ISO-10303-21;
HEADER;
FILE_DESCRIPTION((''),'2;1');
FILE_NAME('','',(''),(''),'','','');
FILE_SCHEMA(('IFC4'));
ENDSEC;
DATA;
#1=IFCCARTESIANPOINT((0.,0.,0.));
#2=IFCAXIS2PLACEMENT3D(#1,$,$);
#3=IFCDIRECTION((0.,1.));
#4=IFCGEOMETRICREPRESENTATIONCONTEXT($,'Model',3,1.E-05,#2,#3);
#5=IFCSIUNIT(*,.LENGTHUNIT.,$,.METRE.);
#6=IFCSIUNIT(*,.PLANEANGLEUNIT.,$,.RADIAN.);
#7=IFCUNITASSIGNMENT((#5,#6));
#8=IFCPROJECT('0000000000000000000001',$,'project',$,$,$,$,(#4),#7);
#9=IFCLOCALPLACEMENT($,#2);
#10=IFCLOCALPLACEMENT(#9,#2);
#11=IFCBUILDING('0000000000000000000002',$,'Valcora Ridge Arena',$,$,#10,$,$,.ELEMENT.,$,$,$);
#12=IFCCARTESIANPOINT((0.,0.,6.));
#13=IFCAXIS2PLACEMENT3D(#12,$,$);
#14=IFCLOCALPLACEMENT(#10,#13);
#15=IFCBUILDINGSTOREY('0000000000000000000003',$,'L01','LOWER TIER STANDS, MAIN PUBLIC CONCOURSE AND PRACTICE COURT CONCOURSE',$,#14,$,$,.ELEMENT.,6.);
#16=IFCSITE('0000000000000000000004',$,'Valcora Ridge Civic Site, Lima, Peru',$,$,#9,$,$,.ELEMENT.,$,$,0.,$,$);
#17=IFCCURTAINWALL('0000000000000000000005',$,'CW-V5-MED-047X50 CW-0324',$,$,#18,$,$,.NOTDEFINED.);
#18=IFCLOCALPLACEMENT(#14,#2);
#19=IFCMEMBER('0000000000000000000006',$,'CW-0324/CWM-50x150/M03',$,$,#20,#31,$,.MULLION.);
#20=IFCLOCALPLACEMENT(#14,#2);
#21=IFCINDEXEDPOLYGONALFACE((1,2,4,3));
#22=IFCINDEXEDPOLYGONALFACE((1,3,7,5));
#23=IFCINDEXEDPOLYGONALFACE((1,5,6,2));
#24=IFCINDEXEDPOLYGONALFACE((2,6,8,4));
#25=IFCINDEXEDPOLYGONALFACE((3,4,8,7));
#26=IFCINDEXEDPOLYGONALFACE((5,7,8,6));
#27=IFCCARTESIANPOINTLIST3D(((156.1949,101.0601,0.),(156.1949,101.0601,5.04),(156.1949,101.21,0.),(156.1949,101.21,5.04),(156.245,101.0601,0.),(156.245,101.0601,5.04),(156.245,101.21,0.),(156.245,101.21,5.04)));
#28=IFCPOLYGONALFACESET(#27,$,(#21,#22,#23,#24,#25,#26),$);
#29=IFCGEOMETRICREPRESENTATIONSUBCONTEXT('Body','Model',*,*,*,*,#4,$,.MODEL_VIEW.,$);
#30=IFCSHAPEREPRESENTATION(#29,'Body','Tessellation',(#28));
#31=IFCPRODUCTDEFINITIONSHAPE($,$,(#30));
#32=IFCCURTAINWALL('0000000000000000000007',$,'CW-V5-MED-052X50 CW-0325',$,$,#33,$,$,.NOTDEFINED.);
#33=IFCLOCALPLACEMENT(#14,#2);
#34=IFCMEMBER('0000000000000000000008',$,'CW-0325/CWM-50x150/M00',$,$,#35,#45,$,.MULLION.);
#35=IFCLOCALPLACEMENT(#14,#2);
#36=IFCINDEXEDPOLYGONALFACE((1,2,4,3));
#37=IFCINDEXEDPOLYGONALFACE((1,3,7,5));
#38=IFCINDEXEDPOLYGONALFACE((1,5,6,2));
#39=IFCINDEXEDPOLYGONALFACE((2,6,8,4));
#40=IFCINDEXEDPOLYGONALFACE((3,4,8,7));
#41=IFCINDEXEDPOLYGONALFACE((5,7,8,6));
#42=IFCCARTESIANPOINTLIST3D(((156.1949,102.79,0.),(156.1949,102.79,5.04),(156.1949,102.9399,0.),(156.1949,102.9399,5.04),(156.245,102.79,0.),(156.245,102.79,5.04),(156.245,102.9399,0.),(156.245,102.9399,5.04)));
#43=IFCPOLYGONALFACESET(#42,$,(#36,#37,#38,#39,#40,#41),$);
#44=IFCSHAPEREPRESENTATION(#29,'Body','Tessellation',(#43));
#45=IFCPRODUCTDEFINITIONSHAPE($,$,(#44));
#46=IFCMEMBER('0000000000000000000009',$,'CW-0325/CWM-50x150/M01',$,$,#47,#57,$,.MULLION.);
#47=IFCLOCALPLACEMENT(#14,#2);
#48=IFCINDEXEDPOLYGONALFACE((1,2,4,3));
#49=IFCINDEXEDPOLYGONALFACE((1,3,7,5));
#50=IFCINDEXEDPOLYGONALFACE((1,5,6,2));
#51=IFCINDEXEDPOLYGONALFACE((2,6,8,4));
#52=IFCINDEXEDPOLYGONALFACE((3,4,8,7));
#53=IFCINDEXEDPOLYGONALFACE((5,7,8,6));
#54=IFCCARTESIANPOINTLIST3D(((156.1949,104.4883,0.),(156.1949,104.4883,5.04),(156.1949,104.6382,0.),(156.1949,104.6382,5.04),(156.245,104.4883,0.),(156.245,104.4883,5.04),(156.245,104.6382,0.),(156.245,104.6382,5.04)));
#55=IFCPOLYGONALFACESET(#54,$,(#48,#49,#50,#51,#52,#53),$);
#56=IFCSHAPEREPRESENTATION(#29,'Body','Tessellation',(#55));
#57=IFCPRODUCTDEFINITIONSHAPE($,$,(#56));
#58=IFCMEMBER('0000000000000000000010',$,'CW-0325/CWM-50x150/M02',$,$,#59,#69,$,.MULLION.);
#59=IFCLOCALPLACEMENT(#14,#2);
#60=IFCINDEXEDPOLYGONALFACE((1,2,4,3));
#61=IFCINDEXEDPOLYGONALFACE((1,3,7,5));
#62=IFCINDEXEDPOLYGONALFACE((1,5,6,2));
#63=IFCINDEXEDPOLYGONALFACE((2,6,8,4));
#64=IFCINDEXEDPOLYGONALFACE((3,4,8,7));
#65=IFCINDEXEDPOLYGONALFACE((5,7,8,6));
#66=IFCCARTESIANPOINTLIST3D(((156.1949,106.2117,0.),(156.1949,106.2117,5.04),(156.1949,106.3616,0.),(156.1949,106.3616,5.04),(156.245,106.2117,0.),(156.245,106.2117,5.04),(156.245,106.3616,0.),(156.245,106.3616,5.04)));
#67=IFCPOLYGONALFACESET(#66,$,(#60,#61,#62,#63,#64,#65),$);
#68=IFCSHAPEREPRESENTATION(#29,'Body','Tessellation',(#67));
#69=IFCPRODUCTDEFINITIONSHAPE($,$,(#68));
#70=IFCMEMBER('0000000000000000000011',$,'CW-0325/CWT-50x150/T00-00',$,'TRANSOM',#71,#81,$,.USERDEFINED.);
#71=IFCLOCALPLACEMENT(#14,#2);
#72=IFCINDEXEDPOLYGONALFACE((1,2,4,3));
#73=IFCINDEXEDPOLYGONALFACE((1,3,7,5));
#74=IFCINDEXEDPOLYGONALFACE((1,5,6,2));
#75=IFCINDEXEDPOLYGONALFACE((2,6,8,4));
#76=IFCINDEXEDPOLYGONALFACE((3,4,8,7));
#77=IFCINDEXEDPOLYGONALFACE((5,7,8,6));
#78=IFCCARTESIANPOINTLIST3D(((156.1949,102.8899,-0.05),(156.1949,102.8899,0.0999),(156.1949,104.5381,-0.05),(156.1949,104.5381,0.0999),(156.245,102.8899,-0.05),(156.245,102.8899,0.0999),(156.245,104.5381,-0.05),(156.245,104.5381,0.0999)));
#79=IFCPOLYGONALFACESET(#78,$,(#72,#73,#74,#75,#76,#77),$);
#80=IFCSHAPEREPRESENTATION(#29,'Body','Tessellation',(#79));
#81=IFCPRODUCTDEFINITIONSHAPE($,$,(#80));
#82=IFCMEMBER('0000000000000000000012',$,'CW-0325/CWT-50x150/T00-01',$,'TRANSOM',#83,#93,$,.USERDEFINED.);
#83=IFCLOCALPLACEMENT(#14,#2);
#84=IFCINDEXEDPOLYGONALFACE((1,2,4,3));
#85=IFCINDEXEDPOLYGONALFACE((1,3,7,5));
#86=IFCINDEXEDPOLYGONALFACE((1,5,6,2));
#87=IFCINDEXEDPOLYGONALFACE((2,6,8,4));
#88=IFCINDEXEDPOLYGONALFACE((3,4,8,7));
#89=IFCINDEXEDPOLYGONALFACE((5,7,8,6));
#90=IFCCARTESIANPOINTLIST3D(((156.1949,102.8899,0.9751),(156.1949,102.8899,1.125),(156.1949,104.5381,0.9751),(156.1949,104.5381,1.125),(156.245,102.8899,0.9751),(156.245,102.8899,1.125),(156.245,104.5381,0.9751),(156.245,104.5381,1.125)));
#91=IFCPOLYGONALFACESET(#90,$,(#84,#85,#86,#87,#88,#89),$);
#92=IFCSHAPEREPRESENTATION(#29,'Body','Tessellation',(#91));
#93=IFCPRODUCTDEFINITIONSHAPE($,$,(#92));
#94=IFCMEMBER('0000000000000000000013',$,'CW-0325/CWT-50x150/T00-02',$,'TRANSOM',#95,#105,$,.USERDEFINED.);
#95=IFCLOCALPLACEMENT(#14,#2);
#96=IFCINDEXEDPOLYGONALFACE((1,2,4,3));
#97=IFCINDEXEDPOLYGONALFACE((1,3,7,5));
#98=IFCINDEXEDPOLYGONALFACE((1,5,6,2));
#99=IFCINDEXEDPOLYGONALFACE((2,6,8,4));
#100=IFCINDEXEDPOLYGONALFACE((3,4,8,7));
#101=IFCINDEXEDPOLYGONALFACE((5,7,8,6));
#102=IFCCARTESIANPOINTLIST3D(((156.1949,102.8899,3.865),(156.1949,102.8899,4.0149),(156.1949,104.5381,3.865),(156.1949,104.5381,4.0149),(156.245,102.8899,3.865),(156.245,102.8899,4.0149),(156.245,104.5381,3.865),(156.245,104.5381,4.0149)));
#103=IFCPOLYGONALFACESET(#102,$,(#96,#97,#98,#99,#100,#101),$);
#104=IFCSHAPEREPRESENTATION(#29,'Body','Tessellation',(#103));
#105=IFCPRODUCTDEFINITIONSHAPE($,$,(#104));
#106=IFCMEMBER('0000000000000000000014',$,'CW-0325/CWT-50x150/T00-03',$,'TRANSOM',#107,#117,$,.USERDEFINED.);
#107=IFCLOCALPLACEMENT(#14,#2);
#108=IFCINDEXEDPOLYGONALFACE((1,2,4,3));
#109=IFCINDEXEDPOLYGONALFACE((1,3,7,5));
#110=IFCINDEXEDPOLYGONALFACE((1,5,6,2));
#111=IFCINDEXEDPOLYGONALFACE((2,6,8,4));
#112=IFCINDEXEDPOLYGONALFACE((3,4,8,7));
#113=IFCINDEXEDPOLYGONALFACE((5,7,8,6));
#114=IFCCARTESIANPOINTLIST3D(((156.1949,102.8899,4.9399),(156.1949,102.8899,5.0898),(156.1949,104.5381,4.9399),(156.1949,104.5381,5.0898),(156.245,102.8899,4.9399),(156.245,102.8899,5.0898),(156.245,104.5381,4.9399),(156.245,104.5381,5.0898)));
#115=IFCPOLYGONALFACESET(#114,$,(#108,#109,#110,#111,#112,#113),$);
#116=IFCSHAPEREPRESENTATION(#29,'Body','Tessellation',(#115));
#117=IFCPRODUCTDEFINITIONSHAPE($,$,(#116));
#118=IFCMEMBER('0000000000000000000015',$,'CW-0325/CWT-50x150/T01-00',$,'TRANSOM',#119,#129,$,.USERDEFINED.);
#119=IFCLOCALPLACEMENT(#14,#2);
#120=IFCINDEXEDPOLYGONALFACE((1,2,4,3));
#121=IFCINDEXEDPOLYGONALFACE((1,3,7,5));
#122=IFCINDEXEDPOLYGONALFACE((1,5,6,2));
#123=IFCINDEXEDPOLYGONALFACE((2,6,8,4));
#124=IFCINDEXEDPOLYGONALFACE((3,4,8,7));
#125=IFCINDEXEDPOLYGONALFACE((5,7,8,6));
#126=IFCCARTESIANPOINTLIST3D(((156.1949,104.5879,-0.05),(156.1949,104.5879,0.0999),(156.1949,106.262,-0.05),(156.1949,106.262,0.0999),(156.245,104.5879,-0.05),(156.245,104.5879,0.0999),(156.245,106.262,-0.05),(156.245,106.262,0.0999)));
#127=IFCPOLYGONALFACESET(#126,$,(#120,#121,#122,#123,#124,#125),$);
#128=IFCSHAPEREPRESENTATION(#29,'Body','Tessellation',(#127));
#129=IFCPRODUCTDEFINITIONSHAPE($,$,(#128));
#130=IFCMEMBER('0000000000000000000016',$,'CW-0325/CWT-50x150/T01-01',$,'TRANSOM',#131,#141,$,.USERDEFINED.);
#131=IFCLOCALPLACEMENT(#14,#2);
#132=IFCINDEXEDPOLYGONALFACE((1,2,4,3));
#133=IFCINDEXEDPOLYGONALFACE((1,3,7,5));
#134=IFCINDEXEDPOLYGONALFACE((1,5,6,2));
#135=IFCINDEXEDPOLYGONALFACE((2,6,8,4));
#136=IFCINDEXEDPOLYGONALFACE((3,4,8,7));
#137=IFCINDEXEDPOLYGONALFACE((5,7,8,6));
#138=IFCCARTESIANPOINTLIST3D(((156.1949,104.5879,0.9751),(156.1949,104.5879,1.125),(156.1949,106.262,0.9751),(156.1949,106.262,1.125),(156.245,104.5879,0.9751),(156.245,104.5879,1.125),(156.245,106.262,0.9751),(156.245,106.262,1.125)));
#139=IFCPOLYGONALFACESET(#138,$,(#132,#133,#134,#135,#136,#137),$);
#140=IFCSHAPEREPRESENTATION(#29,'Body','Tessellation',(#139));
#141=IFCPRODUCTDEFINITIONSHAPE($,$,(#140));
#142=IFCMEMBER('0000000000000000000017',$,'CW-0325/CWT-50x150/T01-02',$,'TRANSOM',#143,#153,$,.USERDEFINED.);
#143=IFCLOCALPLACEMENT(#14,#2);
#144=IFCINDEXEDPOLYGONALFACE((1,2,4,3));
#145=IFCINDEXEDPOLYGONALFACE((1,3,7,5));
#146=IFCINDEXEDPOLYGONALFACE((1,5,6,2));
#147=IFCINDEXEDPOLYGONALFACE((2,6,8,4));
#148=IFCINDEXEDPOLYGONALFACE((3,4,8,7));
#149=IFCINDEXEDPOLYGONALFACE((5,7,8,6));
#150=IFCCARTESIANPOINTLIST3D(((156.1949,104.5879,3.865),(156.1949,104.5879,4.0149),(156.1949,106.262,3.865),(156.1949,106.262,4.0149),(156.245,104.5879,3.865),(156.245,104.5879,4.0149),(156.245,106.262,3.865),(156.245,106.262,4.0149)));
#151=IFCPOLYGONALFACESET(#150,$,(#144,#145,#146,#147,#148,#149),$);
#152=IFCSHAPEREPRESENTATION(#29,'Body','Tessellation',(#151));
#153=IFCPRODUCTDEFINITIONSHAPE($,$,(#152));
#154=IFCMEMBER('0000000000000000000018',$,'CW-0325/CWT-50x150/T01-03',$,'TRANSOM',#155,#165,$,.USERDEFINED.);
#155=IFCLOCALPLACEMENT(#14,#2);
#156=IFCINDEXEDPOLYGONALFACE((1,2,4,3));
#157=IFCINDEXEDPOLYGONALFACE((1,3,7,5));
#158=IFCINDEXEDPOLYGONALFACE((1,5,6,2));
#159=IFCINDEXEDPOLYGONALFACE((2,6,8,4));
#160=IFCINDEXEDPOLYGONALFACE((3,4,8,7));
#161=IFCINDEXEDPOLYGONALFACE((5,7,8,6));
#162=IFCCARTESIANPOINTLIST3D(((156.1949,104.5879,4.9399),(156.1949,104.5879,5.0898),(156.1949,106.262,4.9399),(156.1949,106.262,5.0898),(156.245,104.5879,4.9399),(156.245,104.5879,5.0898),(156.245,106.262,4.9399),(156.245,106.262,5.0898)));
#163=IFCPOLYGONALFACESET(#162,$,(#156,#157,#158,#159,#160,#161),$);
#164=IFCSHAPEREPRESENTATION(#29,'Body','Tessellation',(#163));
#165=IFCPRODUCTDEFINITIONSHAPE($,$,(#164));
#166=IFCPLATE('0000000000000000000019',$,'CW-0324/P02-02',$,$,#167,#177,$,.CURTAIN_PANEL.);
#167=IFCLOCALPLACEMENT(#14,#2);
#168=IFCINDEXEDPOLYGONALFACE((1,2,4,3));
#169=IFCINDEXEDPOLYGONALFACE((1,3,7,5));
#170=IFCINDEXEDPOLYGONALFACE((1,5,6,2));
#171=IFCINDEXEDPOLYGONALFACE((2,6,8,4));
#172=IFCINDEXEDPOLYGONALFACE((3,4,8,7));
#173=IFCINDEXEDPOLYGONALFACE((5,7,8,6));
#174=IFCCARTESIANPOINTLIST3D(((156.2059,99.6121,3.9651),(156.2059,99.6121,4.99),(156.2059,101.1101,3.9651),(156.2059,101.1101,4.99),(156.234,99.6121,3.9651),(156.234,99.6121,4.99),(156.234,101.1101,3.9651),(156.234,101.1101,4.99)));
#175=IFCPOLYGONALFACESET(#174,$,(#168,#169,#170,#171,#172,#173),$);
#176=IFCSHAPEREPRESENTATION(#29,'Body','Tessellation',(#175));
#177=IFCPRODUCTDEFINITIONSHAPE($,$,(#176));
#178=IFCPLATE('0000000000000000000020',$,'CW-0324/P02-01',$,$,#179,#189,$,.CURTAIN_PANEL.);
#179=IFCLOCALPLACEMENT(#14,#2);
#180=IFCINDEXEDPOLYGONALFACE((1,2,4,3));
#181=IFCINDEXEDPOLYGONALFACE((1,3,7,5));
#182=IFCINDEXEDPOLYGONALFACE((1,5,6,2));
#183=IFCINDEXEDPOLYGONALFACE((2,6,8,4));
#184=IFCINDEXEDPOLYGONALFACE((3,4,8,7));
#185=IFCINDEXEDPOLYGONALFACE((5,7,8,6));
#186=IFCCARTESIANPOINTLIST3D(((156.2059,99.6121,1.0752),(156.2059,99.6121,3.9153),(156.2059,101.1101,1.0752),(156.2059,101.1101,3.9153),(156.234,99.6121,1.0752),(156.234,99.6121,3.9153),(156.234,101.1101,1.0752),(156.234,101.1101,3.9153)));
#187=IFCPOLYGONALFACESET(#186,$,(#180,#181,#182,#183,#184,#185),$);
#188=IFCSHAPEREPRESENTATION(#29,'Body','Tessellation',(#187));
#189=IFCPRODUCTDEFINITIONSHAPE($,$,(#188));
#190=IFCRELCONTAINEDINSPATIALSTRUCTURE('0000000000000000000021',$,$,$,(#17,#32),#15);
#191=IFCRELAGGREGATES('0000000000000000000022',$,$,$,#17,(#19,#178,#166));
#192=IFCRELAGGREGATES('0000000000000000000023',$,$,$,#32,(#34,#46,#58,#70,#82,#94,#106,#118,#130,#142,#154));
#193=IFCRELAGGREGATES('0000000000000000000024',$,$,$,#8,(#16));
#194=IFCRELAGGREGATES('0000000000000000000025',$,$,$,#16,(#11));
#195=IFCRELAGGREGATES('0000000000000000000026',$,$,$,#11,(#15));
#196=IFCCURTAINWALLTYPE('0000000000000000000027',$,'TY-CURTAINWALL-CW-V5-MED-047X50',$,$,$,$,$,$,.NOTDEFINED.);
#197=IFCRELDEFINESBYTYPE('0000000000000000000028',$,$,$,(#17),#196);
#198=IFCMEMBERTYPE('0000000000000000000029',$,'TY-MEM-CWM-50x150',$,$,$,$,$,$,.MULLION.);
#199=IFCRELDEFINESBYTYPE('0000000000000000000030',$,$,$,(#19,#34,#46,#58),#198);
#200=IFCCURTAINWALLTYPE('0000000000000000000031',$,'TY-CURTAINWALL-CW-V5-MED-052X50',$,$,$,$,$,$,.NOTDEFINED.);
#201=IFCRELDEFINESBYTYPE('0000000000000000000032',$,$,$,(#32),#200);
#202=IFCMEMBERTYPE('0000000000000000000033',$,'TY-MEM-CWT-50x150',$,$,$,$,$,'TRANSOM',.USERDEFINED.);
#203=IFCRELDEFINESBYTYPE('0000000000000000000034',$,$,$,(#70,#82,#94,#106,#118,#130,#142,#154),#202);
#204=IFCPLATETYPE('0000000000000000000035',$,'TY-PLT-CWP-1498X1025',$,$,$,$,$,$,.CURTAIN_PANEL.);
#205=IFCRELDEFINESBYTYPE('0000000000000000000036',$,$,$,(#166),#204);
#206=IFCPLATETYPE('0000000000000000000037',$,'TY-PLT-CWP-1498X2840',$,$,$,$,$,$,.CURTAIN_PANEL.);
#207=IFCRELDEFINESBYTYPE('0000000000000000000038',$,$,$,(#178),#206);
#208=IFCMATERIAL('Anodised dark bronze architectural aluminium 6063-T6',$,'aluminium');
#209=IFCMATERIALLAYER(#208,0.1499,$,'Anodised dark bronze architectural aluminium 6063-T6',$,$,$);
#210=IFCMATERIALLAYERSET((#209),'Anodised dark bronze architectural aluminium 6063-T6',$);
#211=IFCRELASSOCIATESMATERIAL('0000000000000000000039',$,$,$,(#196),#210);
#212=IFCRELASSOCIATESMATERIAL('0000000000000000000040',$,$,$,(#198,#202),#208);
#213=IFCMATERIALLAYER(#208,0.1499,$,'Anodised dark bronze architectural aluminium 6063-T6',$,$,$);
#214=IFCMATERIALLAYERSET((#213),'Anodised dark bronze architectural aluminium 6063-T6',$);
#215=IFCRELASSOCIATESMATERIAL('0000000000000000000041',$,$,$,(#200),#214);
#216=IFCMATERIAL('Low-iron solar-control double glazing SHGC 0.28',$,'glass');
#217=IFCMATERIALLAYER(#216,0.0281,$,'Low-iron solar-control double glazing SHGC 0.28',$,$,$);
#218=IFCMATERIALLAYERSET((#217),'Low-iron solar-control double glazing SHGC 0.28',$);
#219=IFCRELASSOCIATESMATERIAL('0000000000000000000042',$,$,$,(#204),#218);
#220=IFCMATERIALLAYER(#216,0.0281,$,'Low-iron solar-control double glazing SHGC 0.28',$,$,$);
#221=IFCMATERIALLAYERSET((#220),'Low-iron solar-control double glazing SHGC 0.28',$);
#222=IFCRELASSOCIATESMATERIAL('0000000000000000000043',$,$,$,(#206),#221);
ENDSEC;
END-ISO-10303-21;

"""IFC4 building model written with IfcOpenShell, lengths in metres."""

from ifc_helpers import new_model, si_unit, direction, frame, origin, origin_2d, place, context, subcontext, project, spatial, rectangle, extrude, material, layer, layer_set, material_profile, profile_set, type_object, element, aggregate, save


model = new_model("IFC4")

# Units and contexts
model_context = context("Model", 3, precision=1e-05, world=origin(), true_north=direction((0.0, 1.0)))
body_context = subcontext(model_context, "Body", "Model", "MODEL_VIEW")
ifc_project = project(units=[si_unit("LENGTHUNIT", "METRE"), si_unit("PLANEANGLEUNIT", "RADIAN")], contexts=[model_context])

# Site, building, storey
site_placement = place(None, origin())
site = spatial("IfcSite", under=ifc_project, at=site_placement, Name="Valcora Ridge Civic Site, Lima, Peru", CompositionType="ELEMENT", RefElevation=0.0)
building_placement = place(site_placement, origin())
building = spatial("IfcBuilding", under=site, at=building_placement, Name="Valcora Ridge Arena", CompositionType="ELEMENT")
storey_placement = place(building_placement, frame((0.0, 0.0, 6.0)))
storey = spatial("IfcBuildingStorey", under=building, at=storey_placement, Name="L01", Description="LOWER TIER STANDS, MAIN PUBLIC CONCOURSE AND PRACTICE COURT CONCOURSE", CompositionType="ELEMENT", Elevation=6.0)

# Curtain wall, member
ifc_material_1 = material(Name="Anodised dark bronze architectural aluminium 6063-T6", Category="aluminium")
ifc_layer_1 = layer(ifc_material_1, 0.1499, Name="Anodised dark bronze architectural aluminium 6063-T6")
ifc_layer_set_1 = layer_set([ifc_layer_1], Name="Anodised dark bronze architectural aluminium 6063-T6")
curtain_wall_type_1 = type_object("IfcCurtainWallType", Name="TY-CURTAINWALL-CW-V5-MED-047X50", PredefinedType="NOTDEFINED", material=ifc_layer_set_1)
curtain_wall_1_placement = place(storey_placement, origin())
curtain_wall_1 = element("IfcCurtainWall", 1, at=curtain_wall_1_placement, inside=storey, type_object=curtain_wall_type_1, Name="CW-V5-MED-047X50 CW-0324", PredefinedType="NOTDEFINED")
ifc_material_profile_1 = material_profile(ifc_material_1, rectangle(XDim=0.05, YDim=0.1499, at=origin_2d()), Name="ALU MULLION 50x150")
ifc_profile_set_1 = profile_set([ifc_material_profile_1], Name="Anodised dark bronze architectural aluminium 6063-T6")
member_type_1 = type_object("IfcMemberType", Name="TY-MEM-CWM-50x150", PredefinedType="MULLION", material=ifc_profile_set_1)
member_1_placement = place(storey_placement, frame((156.22, 101.135, 0.0), z_axis=(0.0, 0.0, 1.0), x_axis=(-1.0, 0.0, 0.0)))
member_1 = element("IfcMember", 2, at=member_1_placement, type_object=member_type_1, Name="CW-0324/CWM-50x150/M03", PredefinedType="MULLION", context=body_context, shape_type="SweptSolid", body=[
    extrude(rectangle(XDim=0.05, YDim=0.1499, at=origin_2d()), origin(), (0.0, 0.0, 1.0), 5.04),
])

# Curtain wall, members
ifc_layer_2 = layer(ifc_material_1, 0.1499, Name="Anodised dark bronze architectural aluminium 6063-T6")
ifc_layer_set_2 = layer_set([ifc_layer_2], Name="Anodised dark bronze architectural aluminium 6063-T6")
curtain_wall_type_2 = type_object("IfcCurtainWallType", Name="TY-CURTAINWALL-CW-V5-MED-052X50", PredefinedType="NOTDEFINED", material=ifc_layer_set_2)
curtain_wall_2_placement = place(storey_placement, origin())
curtain_wall_2 = element("IfcCurtainWall", 3, at=curtain_wall_2_placement, inside=storey, type_object=curtain_wall_type_2, Name="CW-V5-MED-052X50 CW-0325", PredefinedType="NOTDEFINED")
member_2_placement = place(storey_placement, frame((156.22, 102.865, 0.0), z_axis=(0.0, 0.0, 1.0), x_axis=(-1.0, 0.0, 0.0)))
member_2 = element("IfcMember", 4, at=member_2_placement, type_object=member_type_1, Name="CW-0325/CWM-50x150/M00", PredefinedType="MULLION", context=body_context, shape_type="SweptSolid", body=[
    extrude(rectangle(XDim=0.05, YDim=0.1499, at=origin_2d()), origin(), (0.0, 0.0, 1.0), 5.04),
])
member_3_placement = place(storey_placement, frame((156.22, 104.5632, 0.0), z_axis=(0.0, 0.0, 1.0), x_axis=(-1.0, 0.0, 0.0)))
member_3 = element("IfcMember", 5, at=member_3_placement, type_object=member_type_1, Name="CW-0325/CWM-50x150/M01", PredefinedType="MULLION", context=body_context, shape_type="SweptSolid", body=[
    extrude(rectangle(XDim=0.05, YDim=0.1499, at=origin_2d()), origin(), (0.0, 0.0, 1.0), 5.04),
])
member_4_placement = place(storey_placement, frame((156.22, 106.2866, 0.0), z_axis=(0.0, 0.0, 1.0), x_axis=(-1.0, 0.0, 0.0)))
member_4 = element("IfcMember", 6, at=member_4_placement, type_object=member_type_1, Name="CW-0325/CWM-50x150/M02", PredefinedType="MULLION", context=body_context, shape_type="SweptSolid", body=[
    extrude(rectangle(XDim=0.05, YDim=0.1499, at=origin_2d()), origin(), (0.0, 0.0, 1.0), 5.04),
])
ifc_material_profile_2 = material_profile(ifc_material_1, rectangle(XDim=0.05, YDim=0.1499, at=origin_2d()), Name="ALU TRANSOM 50x150")
ifc_profile_set_2 = profile_set([ifc_material_profile_2], Name="Anodised dark bronze architectural aluminium 6063-T6")
member_type_2 = type_object("IfcMemberType", Name="TY-MEM-CWT-50x150", ElementType="TRANSOM", PredefinedType="USERDEFINED", material=ifc_profile_set_2)
member_5_placement = place(storey_placement, frame((156.22, 102.8899, 0.0249), z_axis=(0.0, 1.0, 0.0), x_axis=(-1.0, 0.0, 0.0)))
member_5 = element("IfcMember", 7, at=member_5_placement, type_object=member_type_2, Name="CW-0325/CWT-50x150/T00-00", ObjectType="TRANSOM", PredefinedType="USERDEFINED", context=body_context, shape_type="SweptSolid", body=[
    extrude(rectangle(XDim=0.05, YDim=0.1499, at=origin_2d()), origin(), (0.0, 0.0, 1.0), 1.6482),
])
member_6_placement = place(storey_placement, frame((156.22, 102.8899, 1.05), z_axis=(0.0, 1.0, 0.0), x_axis=(-1.0, 0.0, 0.0)))
member_6 = element("IfcMember", 8, at=member_6_placement, type_object=member_type_2, Name="CW-0325/CWT-50x150/T00-01", ObjectType="TRANSOM", PredefinedType="USERDEFINED", context=body_context, shape_type="SweptSolid", body=[
    extrude(rectangle(XDim=0.05, YDim=0.1499, at=origin_2d()), origin(), (0.0, 0.0, 1.0), 1.6482),
])
member_7_placement = place(storey_placement, frame((156.22, 102.8899, 3.9399), z_axis=(0.0, 1.0, 0.0), x_axis=(-1.0, 0.0, 0.0)))
member_7 = element("IfcMember", 9, at=member_7_placement, type_object=member_type_2, Name="CW-0325/CWT-50x150/T00-02", ObjectType="TRANSOM", PredefinedType="USERDEFINED", context=body_context, shape_type="SweptSolid", body=[
    extrude(rectangle(XDim=0.05, YDim=0.1499, at=origin_2d()), origin(), (0.0, 0.0, 1.0), 1.6482),
])
member_8_placement = place(storey_placement, frame((156.22, 102.8899, 5.0149), z_axis=(0.0, 1.0, 0.0), x_axis=(-1.0, 0.0, 0.0)))
member_8 = element("IfcMember", 10, at=member_8_placement, type_object=member_type_2, Name="CW-0325/CWT-50x150/T00-03", ObjectType="TRANSOM", PredefinedType="USERDEFINED", context=body_context, shape_type="SweptSolid", body=[
    extrude(rectangle(XDim=0.05, YDim=0.1499, at=origin_2d()), origin(), (0.0, 0.0, 1.0), 1.6482),
])
member_9_placement = place(storey_placement, frame((156.22, 104.5879, 0.0249), z_axis=(0.0, 1.0, 0.0), x_axis=(-1.0, 0.0, 0.0)))
member_9 = element("IfcMember", 11, at=member_9_placement, type_object=member_type_2, Name="CW-0325/CWT-50x150/T01-00", ObjectType="TRANSOM", PredefinedType="USERDEFINED", context=body_context, shape_type="SweptSolid", body=[
    extrude(rectangle(XDim=0.05, YDim=0.1499, at=origin_2d()), origin(), (0.0, 0.0, 1.0), 1.6741),
])
member_10_placement = place(storey_placement, frame((156.22, 104.5879, 1.05), z_axis=(0.0, 1.0, 0.0), x_axis=(-1.0, 0.0, 0.0)))
member_10 = element("IfcMember", 12, at=member_10_placement, type_object=member_type_2, Name="CW-0325/CWT-50x150/T01-01", ObjectType="TRANSOM", PredefinedType="USERDEFINED", context=body_context, shape_type="SweptSolid", body=[
    extrude(rectangle(XDim=0.05, YDim=0.1499, at=origin_2d()), origin(), (0.0, 0.0, 1.0), 1.6741),
])
member_11_placement = place(storey_placement, frame((156.22, 104.5879, 3.9399), z_axis=(0.0, 1.0, 0.0), x_axis=(-1.0, 0.0, 0.0)))
member_11 = element("IfcMember", 13, at=member_11_placement, type_object=member_type_2, Name="CW-0325/CWT-50x150/T01-02", ObjectType="TRANSOM", PredefinedType="USERDEFINED", context=body_context, shape_type="SweptSolid", body=[
    extrude(rectangle(XDim=0.05, YDim=0.1499, at=origin_2d()), origin(), (0.0, 0.0, 1.0), 1.6741),
])
member_12_placement = place(storey_placement, frame((156.22, 104.5879, 5.0149), z_axis=(0.0, 1.0, 0.0), x_axis=(-1.0, 0.0, 0.0)))
member_12 = element("IfcMember", 14, at=member_12_placement, type_object=member_type_2, Name="CW-0325/CWT-50x150/T01-03", ObjectType="TRANSOM", PredefinedType="USERDEFINED", context=body_context, shape_type="SweptSolid", body=[
    extrude(rectangle(XDim=0.05, YDim=0.1499, at=origin_2d()), origin(), (0.0, 0.0, 1.0), 1.6741),
])

# Plates
ifc_material_2 = material(Name="Low-iron solar-control double glazing SHGC 0.28", Category="glass")
ifc_layer_3 = layer(ifc_material_2, 0.0281, Name="Low-iron solar-control double glazing SHGC 0.28")
ifc_layer_set_3 = layer_set([ifc_layer_3], Name="Low-iron solar-control double glazing SHGC 0.28")
plate_type_1 = type_object("IfcPlateType", Name="TY-PLT-CWP-1498X1025", PredefinedType="CURTAIN_PANEL", material=ifc_layer_set_3)
plate_1_placement = place(storey_placement, frame((156.22, 100.3611, 3.9651), z_axis=(0.0, 0.0, 1.0), x_axis=(0.0, 1.0, 0.0)))
plate_1 = element("IfcPlate", 15, at=plate_1_placement, type_object=plate_type_1, Name="CW-0324/P02-02", PredefinedType="CURTAIN_PANEL", context=body_context, shape_type="SweptSolid", body=[
    extrude(rectangle(XDim=1.498, YDim=0.0281, at=origin_2d()), origin(), (0.0, 0.0, 1.0), 1.0249),
])
ifc_layer_4 = layer(ifc_material_2, 0.0281, Name="Low-iron solar-control double glazing SHGC 0.28")
ifc_layer_set_4 = layer_set([ifc_layer_4], Name="Low-iron solar-control double glazing SHGC 0.28")
plate_type_2 = type_object("IfcPlateType", Name="TY-PLT-CWP-1498X2840", PredefinedType="CURTAIN_PANEL", material=ifc_layer_set_4)
plate_2_placement = place(storey_placement, frame((156.22, 100.3611, 1.0752), z_axis=(0.0, 0.0, 1.0), x_axis=(0.0, 1.0, 0.0)))
plate_2 = element("IfcPlate", 16, at=plate_2_placement, type_object=plate_type_2, Name="CW-0324/P02-01", PredefinedType="CURTAIN_PANEL", context=body_context, shape_type="SweptSolid", body=[
    extrude(rectangle(XDim=1.498, YDim=0.0281, at=origin_2d()), origin(), (0.0, 0.0, 1.0), 2.8401),
])
aggregate(curtain_wall_1, [member_1, plate_2, plate_1])
aggregate(curtain_wall_2, [member_2, member_3, member_4, member_5, member_6, member_7, member_8, member_9, member_10, member_11, member_12])

save(model, "model.ifc")
